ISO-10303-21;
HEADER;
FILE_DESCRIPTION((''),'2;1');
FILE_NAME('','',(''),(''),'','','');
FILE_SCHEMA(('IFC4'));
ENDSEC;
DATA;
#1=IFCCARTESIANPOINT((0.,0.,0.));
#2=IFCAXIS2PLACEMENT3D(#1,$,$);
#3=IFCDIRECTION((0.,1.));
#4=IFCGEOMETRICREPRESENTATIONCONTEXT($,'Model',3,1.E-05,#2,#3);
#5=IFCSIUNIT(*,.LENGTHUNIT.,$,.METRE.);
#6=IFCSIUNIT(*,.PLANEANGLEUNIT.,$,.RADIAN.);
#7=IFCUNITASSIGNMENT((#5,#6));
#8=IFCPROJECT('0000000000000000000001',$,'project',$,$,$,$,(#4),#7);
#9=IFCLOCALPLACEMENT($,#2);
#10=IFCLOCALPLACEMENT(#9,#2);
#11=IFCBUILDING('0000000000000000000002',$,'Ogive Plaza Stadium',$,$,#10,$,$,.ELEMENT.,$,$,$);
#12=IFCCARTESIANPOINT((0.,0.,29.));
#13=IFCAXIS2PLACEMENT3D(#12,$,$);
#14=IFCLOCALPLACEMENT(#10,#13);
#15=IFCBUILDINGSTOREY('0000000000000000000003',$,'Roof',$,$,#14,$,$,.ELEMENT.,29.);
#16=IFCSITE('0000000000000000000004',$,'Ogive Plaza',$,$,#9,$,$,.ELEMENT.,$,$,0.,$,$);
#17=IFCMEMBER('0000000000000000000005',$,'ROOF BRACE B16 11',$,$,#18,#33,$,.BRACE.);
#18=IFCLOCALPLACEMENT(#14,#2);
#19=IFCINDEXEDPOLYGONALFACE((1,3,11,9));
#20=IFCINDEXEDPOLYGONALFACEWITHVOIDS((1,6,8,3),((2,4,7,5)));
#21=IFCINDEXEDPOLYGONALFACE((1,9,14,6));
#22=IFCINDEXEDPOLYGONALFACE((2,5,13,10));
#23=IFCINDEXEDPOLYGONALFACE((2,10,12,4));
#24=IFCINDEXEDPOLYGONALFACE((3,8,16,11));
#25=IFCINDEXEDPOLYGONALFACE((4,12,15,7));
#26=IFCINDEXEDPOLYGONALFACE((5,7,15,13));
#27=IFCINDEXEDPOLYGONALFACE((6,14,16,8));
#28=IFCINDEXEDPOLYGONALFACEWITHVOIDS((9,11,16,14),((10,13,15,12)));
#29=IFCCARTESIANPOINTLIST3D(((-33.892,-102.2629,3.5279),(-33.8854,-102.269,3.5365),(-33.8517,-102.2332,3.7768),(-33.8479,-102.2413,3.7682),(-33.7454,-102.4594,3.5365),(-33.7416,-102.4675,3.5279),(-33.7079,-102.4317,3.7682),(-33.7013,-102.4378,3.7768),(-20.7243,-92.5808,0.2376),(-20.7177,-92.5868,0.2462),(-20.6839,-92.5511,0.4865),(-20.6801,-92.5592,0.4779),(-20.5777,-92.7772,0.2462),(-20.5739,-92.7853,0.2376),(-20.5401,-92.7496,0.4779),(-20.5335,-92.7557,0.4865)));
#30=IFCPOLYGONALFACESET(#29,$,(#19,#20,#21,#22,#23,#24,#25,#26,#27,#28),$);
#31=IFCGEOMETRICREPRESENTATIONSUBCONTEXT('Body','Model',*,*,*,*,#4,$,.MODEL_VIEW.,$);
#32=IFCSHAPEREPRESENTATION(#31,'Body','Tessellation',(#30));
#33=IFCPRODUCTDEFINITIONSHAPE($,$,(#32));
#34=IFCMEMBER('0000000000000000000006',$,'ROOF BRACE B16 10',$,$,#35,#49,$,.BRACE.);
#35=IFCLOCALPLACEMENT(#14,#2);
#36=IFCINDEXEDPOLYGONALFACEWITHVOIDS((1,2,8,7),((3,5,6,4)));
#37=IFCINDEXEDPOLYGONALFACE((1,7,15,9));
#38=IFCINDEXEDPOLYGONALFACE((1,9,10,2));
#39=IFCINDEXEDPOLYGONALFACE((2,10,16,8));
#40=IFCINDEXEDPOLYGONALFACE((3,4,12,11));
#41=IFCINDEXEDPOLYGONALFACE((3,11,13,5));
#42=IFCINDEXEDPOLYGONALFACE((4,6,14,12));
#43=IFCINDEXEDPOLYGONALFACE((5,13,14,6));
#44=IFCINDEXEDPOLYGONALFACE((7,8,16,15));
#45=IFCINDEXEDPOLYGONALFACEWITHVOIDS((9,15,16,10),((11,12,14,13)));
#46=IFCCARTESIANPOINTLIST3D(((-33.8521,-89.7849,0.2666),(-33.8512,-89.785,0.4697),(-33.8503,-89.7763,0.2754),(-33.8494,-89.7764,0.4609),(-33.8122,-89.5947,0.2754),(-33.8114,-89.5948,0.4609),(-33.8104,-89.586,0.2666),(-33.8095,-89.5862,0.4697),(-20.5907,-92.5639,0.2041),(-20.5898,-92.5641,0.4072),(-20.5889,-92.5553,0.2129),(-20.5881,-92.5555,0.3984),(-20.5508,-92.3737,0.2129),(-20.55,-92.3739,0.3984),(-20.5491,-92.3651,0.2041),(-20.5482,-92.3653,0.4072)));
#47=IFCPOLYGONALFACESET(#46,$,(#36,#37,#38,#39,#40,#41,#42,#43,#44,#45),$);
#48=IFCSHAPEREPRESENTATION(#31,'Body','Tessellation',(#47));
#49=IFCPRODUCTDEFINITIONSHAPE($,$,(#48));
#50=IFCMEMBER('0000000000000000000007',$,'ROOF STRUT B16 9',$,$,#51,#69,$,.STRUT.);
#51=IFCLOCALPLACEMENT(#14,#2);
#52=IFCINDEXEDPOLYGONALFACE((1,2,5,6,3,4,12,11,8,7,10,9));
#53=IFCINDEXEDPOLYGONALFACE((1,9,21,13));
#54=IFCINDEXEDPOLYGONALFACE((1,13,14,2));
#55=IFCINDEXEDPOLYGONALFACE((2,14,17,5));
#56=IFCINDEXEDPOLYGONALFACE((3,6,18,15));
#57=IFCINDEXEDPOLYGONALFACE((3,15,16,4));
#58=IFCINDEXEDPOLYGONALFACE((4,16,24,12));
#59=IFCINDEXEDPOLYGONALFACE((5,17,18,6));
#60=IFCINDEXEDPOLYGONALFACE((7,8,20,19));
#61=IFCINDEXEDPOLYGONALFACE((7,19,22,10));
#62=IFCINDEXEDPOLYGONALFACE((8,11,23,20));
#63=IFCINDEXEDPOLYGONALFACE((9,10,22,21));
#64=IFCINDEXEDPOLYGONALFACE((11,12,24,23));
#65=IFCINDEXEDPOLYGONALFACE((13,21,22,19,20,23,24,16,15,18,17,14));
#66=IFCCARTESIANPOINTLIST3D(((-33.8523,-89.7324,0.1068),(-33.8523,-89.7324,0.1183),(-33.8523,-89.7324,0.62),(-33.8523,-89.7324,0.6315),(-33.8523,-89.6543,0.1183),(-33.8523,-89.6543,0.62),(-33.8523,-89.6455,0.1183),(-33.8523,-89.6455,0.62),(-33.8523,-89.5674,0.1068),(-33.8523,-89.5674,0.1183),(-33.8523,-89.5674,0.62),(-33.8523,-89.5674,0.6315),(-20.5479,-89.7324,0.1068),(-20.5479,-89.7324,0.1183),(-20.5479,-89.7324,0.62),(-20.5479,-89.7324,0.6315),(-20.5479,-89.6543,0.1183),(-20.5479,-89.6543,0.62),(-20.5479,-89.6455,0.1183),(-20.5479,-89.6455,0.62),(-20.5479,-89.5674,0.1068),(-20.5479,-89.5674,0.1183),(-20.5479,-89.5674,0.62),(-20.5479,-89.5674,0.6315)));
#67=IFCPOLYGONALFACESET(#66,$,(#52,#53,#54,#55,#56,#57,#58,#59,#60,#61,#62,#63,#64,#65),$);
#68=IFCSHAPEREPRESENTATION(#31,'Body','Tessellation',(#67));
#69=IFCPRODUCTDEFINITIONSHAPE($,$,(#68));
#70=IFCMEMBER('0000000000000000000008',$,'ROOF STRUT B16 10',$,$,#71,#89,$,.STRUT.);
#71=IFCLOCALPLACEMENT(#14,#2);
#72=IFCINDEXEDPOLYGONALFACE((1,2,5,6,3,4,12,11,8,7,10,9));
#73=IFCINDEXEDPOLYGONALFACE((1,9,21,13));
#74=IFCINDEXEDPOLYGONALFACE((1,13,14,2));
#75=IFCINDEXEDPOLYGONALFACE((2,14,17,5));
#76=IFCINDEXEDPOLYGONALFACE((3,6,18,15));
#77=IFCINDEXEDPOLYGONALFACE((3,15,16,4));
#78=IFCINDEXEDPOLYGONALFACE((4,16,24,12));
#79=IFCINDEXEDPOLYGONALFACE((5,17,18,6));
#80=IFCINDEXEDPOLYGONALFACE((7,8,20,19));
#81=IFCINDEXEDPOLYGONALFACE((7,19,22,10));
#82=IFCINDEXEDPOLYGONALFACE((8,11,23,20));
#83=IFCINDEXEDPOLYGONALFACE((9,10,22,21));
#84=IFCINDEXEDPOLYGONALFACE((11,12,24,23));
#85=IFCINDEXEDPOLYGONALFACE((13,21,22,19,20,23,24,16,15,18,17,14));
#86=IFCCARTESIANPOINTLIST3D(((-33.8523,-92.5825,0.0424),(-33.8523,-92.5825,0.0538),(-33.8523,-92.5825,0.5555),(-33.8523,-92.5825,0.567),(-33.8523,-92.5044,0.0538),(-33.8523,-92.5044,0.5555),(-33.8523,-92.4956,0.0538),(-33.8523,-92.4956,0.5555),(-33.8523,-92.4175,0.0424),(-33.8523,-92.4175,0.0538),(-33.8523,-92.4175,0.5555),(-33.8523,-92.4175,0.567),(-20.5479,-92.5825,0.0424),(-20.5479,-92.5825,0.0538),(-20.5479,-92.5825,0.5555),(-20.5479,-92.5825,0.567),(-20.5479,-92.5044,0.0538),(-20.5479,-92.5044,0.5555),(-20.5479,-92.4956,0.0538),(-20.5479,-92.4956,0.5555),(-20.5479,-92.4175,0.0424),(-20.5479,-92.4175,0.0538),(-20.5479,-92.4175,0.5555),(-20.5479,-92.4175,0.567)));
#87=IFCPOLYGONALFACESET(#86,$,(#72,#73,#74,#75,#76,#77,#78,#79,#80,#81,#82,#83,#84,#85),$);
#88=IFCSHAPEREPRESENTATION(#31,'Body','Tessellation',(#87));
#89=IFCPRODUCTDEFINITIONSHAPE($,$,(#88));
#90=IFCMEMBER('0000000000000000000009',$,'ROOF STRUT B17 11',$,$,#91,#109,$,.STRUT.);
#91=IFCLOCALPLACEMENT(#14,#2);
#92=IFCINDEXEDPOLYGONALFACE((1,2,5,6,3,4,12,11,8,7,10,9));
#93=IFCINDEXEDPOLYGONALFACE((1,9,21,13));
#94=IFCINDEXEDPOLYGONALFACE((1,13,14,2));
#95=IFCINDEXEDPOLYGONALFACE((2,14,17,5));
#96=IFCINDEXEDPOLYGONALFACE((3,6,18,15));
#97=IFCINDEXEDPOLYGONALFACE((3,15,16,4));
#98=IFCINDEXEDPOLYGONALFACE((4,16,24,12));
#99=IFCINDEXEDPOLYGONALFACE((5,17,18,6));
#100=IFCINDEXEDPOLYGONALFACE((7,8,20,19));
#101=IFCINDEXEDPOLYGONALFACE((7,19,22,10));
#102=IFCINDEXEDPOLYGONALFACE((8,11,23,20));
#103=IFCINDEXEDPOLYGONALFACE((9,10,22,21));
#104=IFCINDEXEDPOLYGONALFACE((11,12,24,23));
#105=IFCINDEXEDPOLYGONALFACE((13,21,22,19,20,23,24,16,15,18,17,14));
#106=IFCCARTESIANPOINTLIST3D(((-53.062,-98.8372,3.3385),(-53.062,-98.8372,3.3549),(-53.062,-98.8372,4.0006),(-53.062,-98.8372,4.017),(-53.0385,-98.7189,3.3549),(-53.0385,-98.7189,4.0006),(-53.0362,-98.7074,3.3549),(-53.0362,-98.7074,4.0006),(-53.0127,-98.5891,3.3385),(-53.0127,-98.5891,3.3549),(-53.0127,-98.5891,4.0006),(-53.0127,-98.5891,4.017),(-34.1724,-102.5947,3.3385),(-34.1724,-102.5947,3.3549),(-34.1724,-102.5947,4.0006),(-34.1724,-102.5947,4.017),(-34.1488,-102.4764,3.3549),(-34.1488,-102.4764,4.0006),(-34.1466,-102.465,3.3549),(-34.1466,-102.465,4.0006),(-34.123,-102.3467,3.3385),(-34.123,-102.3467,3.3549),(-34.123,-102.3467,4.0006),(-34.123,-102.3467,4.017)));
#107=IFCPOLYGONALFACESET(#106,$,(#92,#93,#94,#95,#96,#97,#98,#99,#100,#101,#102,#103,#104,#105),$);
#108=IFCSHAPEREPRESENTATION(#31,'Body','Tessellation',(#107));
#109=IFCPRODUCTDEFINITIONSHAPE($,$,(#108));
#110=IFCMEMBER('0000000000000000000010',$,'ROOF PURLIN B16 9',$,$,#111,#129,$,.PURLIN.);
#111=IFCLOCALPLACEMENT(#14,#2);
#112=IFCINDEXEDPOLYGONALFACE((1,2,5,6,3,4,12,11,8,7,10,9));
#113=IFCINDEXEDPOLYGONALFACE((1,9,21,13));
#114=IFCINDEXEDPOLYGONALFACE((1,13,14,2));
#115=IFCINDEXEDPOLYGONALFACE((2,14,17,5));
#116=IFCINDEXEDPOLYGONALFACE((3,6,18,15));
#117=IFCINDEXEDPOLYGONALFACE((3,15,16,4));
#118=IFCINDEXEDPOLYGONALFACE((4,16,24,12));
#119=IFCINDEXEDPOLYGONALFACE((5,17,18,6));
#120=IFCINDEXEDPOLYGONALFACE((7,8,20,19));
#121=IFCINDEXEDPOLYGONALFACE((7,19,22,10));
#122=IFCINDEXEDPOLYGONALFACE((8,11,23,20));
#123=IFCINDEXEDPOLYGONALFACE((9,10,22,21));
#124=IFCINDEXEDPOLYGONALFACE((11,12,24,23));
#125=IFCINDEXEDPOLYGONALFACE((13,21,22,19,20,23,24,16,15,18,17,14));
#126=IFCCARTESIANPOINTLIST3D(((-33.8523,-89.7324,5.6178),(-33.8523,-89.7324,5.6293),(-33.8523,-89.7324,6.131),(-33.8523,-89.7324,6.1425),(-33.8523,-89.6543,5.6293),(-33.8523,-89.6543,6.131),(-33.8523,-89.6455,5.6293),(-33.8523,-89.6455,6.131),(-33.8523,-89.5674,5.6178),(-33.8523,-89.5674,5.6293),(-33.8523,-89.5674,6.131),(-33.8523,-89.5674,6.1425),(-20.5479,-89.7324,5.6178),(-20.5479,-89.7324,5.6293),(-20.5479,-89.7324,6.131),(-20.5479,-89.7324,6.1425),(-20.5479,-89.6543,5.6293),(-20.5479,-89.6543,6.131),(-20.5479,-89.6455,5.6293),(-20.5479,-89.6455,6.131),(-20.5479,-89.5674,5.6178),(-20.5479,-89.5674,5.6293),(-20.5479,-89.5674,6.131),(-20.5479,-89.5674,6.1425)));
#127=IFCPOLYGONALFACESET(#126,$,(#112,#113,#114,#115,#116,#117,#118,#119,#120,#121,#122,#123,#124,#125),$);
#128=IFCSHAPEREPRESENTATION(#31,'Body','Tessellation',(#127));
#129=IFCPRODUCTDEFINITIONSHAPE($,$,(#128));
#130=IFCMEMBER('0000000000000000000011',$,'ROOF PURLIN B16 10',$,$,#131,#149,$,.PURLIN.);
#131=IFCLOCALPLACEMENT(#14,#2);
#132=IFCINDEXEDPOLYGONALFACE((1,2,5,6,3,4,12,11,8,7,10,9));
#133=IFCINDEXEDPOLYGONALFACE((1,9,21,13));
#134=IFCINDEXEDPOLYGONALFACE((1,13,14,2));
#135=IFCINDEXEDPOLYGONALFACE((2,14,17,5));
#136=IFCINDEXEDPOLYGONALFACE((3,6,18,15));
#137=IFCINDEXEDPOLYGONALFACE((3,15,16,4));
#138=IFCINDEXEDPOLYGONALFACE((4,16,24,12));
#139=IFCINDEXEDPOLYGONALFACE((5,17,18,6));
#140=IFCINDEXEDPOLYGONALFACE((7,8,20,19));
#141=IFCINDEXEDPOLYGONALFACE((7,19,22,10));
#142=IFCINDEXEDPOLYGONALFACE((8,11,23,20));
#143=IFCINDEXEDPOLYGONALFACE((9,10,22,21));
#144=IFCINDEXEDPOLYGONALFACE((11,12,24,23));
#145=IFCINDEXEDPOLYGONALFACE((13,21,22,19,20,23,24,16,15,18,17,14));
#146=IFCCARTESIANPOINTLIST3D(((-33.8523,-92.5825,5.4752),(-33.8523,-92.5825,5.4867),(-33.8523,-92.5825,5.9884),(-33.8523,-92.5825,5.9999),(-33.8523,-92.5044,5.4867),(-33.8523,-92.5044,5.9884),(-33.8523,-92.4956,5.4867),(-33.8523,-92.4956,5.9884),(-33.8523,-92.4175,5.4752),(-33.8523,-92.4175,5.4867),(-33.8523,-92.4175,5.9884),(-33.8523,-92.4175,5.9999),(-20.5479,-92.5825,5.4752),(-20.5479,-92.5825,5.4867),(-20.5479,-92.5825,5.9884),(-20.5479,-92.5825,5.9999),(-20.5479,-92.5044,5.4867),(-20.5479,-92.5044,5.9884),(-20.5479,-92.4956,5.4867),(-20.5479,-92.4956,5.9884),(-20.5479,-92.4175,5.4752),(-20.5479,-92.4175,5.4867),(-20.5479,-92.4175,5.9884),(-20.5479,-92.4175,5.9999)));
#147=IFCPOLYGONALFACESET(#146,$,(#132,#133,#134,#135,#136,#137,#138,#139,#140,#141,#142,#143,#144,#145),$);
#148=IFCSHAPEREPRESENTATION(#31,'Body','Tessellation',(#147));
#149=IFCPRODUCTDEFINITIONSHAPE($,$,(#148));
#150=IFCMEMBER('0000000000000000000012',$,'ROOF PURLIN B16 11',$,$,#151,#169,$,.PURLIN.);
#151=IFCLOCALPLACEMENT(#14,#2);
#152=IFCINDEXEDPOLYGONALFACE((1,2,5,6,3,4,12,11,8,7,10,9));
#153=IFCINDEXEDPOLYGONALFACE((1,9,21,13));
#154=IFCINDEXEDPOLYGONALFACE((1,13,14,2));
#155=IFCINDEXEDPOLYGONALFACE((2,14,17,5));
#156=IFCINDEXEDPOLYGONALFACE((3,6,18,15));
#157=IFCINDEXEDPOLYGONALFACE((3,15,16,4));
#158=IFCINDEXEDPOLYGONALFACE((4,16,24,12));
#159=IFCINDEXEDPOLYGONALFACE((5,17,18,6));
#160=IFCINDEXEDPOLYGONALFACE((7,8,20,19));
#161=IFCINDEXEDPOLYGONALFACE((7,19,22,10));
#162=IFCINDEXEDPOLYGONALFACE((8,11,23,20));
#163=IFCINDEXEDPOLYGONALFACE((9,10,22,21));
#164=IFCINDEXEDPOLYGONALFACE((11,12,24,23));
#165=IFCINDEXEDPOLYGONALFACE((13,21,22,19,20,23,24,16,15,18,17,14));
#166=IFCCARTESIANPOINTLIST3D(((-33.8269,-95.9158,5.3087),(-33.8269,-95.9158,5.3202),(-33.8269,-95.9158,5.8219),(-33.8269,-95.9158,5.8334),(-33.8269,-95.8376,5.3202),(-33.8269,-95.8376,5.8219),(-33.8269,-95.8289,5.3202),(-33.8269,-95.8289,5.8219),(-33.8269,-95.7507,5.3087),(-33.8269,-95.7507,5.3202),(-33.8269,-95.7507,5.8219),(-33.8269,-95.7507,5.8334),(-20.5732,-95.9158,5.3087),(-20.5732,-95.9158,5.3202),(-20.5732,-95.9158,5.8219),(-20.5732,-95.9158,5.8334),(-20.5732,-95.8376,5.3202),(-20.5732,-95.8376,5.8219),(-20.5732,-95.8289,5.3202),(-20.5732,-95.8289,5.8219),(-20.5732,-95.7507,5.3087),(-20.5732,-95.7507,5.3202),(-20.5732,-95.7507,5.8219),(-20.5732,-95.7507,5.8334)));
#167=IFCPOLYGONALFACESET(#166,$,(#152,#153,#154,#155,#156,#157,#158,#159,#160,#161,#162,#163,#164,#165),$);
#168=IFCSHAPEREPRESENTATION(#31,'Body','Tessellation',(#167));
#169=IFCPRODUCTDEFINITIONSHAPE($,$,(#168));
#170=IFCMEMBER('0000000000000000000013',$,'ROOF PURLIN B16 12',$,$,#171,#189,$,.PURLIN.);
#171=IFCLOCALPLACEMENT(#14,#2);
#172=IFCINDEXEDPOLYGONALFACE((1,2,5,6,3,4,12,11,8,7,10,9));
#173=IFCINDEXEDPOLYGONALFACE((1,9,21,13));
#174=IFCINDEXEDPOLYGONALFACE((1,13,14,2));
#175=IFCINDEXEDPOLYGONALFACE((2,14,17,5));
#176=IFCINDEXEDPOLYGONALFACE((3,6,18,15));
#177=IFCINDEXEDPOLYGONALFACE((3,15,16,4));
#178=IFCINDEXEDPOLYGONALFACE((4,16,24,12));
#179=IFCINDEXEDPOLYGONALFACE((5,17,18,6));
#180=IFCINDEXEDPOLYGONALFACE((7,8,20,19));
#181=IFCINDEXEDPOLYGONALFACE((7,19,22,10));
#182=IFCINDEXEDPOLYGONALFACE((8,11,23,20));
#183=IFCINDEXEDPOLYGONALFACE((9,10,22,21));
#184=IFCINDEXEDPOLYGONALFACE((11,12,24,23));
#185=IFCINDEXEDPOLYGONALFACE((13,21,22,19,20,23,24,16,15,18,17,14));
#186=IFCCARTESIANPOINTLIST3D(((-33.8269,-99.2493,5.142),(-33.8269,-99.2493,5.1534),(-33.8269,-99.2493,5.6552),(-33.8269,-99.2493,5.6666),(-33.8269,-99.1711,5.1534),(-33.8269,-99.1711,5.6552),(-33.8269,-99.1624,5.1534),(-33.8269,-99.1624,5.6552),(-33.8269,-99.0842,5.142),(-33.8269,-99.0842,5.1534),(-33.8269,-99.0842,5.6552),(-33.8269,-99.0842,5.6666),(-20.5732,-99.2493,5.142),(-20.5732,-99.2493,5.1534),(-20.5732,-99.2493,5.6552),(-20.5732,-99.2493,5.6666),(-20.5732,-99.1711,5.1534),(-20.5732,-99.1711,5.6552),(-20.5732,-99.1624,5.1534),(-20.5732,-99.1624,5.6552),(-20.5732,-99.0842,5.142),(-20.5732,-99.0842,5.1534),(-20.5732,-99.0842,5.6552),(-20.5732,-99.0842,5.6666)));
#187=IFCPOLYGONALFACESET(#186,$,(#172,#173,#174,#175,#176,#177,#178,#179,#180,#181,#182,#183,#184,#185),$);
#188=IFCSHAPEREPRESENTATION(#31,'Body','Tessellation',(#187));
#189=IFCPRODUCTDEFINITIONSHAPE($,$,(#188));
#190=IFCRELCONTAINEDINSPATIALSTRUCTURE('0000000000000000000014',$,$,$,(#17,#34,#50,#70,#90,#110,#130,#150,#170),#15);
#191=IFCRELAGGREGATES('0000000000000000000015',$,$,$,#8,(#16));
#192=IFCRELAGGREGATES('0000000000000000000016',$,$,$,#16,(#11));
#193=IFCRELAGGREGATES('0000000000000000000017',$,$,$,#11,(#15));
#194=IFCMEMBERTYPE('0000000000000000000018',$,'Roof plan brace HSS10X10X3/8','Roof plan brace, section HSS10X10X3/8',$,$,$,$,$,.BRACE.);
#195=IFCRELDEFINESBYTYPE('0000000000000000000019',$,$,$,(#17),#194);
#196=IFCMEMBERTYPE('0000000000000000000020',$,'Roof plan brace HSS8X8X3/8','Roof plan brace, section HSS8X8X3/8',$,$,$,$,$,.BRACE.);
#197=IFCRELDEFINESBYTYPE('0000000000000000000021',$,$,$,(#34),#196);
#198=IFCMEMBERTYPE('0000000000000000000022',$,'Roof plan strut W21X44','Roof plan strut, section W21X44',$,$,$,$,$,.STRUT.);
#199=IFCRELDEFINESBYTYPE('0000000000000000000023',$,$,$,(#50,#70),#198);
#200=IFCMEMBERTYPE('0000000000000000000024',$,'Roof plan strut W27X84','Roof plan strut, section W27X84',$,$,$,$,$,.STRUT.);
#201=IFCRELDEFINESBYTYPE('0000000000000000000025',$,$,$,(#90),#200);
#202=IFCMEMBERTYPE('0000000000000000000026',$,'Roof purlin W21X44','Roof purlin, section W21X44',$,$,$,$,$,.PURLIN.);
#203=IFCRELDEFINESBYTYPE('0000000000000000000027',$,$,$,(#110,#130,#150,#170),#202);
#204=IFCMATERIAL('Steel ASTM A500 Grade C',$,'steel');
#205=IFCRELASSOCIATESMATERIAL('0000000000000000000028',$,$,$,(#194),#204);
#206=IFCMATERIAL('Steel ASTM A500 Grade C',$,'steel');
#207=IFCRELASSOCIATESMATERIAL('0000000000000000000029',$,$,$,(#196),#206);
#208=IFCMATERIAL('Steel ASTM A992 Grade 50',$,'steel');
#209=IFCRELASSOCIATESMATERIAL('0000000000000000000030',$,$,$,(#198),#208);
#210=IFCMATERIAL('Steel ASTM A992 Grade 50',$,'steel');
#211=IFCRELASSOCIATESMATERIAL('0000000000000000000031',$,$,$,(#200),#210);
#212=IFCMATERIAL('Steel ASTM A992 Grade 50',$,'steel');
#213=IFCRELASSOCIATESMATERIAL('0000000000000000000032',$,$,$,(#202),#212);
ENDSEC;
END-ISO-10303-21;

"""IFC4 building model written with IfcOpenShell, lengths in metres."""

from ifc_helpers import new_model, si_unit, direction, frame, origin, origin_2d, place, context, subcontext, project, spatial, hollow_rectangle, i_section, extrude, material, material_profile, profile_set, type_object, element, save


model = new_model("IFC4")

# Units and contexts
model_context = context("Model", 3, precision=1e-05, world=origin(), true_north=direction((0.0, 1.0)))
body_context = subcontext(model_context, "Body", "Model", "MODEL_VIEW")
ifc_project = project(units=[si_unit("LENGTHUNIT", "METRE"), si_unit("PLANEANGLEUNIT", "RADIAN")], contexts=[model_context])

# Site, building, storey
site_placement = place(None, origin())
site = spatial("IfcSite", under=ifc_project, at=site_placement, Name="Ogive Plaza", CompositionType="ELEMENT", RefElevation=0.0)
building_placement = place(site_placement, origin())
building = spatial("IfcBuilding", under=site, at=building_placement, Name="Ogive Plaza Stadium", CompositionType="ELEMENT")
storey_placement = place(building_placement, frame((0.0, 0.0, 29.0)))
storey = spatial("IfcBuildingStorey", under=building, at=storey_placement, Name="Roof", CompositionType="ELEMENT", Elevation=29.0)

# Members
ifc_material_1 = material(Name="Steel ASTM A500 Grade C", Category="steel")
ifc_material_profile_1 = material_profile(ifc_material_1, hollow_rectangle(XDim=0.2539, YDim=0.2539, WallThickness=0.0088, at=origin_2d()), Name="HSS10X10X3/8")
ifc_profile_set_1 = profile_set([ifc_material_profile_1], Name="Steel ASTM A500 Grade C")
member_type_1 = type_object("IfcMemberType", Name="Roof plan brace HSS10X10X3/8", Description="Roof plan brace, section HSS10X10X3/8", PredefinedType="BRACE", material=ifc_profile_set_1)
member_1_placement = place(storey_placement, frame((-20.6289, -92.6682, 0.3621), z_axis=(-0.789807, -0.580739, 0.197353), x_axis=(0.59239, -0.805652, 0.0)))
element("IfcMember", 1, at=member_1_placement, inside=storey, type_object=member_type_1, Name="ROOF BRACE B16 11", PredefinedType="BRACE", context=body_context, shape_type="SweptSolid", body=[
    extrude(hollow_rectangle(XDim=0.2539, YDim=0.2539, WallThickness=0.0088, at=origin_2d()), origin(), (0.0, 0.0, 1.0), 16.6721),
])
ifc_material_2 = material(Name="Steel ASTM A500 Grade C", Category="steel")
ifc_material_profile_2 = material_profile(ifc_material_2, hollow_rectangle(XDim=0.2031, YDim=0.2031, WallThickness=0.0088, at=origin_2d()), Name="HSS8X8X3/8")
ifc_profile_set_2 = profile_set([ifc_material_profile_2], Name="Steel ASTM A500 Grade C")
member_type_2 = type_object("IfcMemberType", Name="Roof plan brace HSS8X8X3/8", Description="Roof plan brace, section HSS8X8X3/8", PredefinedType="BRACE", material=ifc_profile_set_2)
member_2_placement = place(storey_placement, frame((-33.8308, -89.6855, 0.3682), z_axis=(0.97873, -0.205101, -0.004613), x_axis=(0.205103, 0.97874, 0.0)))
element("IfcMember", 2, at=member_2_placement, inside=storey, type_object=member_type_2, Name="ROOF BRACE B16 10", PredefinedType="BRACE", context=body_context, shape_type="SweptSolid", body=[
    extrude(hollow_rectangle(XDim=0.2031, YDim=0.2031, WallThickness=0.0088, at=origin_2d()), origin(), (0.0, 0.0, 1.0), 13.5496),
])
ifc_material_3 = material(Name="Steel ASTM A992 Grade 50", Category="steel")
ifc_material_profile_3 = material_profile(ifc_material_3, i_section(OverallWidth=0.165, OverallDepth=0.5247, WebThickness=0.0088, FlangeThickness=0.0115, at=origin_2d()), Name="W21X44")
ifc_profile_set_3 = profile_set([ifc_material_profile_3], Name="Steel ASTM A992 Grade 50")
member_type_3 = type_object("IfcMemberType", Name="Roof plan strut W21X44", Description="Roof plan strut, section W21X44", PredefinedType="STRUT", material=ifc_profile_set_3)
for number, where, z_axis, x_axis, name in (
    (3, (-20.5479, -89.6499, 0.3691), (-1.0, 0.0, 0.0), (0.0, -1.0, 0.0), "ROOF STRUT B16 9"),
    (4, (-20.5479, -92.5, 0.3047), (-1.0, 0.0, 0.0), (0.0, -1.0, 0.0), "ROOF STRUT B16 10"),
):
    element("IfcMember", number, at=place(storey_placement, frame(where, z_axis=z_axis, x_axis=x_axis)), inside=storey, type_object=member_type_3, Name=name, PredefinedType="STRUT", context=body_context, shape_type="SweptSolid", body=[
        extrude(i_section(OverallWidth=0.165, OverallDepth=0.5247, WebThickness=0.0088, FlangeThickness=0.0115, at=origin_2d()), origin(), (0.0, 0.0, 1.0), 13.3044),
    ])
ifc_material_4 = material(Name="Steel ASTM A992 Grade 50", Category="steel")
ifc_material_profile_4 = material_profile(ifc_material_4, i_section(OverallWidth=0.2529, OverallDepth=0.6785, WebThickness=0.0117, FlangeThickness=0.0164, at=origin_2d()), Name="W27X84")
ifc_profile_set_4 = profile_set([ifc_material_profile_4], Name="Steel ASTM A992 Grade 50")
member_type_4 = type_object("IfcMemberType", Name="Roof plan strut W27X84", Description="Roof plan strut, section W27X84", PredefinedType="STRUT", material=ifc_profile_set_4)
member_3_placement = place(storey_placement, frame((-34.1477, -102.4707, 3.6777), z_axis=(-0.980783, 0.195099, 0.0), x_axis=(-0.195099, -0.980783, 0.0)))
element("IfcMember", 5, at=member_3_placement, inside=storey, type_object=member_type_4, Name="ROOF STRUT B17 11", PredefinedType="STRUT", context=body_context, shape_type="SweptSolid", body=[
    extrude(i_section(OverallWidth=0.2529, OverallDepth=0.6785, WebThickness=0.0117, FlangeThickness=0.0164, at=origin_2d()), origin(), (0.0, 0.0, 1.0), 19.2598),
])
ifc_material_5 = material(Name="Steel ASTM A992 Grade 50", Category="steel")
ifc_material_profile_5 = material_profile(ifc_material_5, i_section(OverallWidth=0.165, OverallDepth=0.5247, WebThickness=0.0088, FlangeThickness=0.0115, at=origin_2d()), Name="W21X44")
ifc_profile_set_5 = profile_set([ifc_material_profile_5], Name="Steel ASTM A992 Grade 50")
member_type_5 = type_object("IfcMemberType", Name="Roof purlin W21X44", Description="Roof purlin, section W21X44", PredefinedType="PURLIN", material=ifc_profile_set_5)
for number, where, z_axis, x_axis, name in (
    (6, (-20.5479, -89.6499, 5.8801), (-1.0, 0.0, 0.0), (0.0, -1.0, 0.0), "ROOF PURLIN B16 9"),
    (7, (-20.5479, -92.5, 5.7375), (-1.0, 0.0, 0.0), (0.0, -1.0, 0.0), "ROOF PURLIN B16 10"),
):
    element("IfcMember", number, at=place(storey_placement, frame(where, z_axis=z_axis, x_axis=x_axis)), inside=storey, type_object=member_type_5, Name=name, PredefinedType="PURLIN", context=body_context, shape_type="SweptSolid", body=[
        extrude(i_section(OverallWidth=0.165, OverallDepth=0.5247, WebThickness=0.0088, FlangeThickness=0.0115, at=origin_2d()), origin(), (0.0, 0.0, 1.0), 13.3044),
    ])
for number, where, z_axis, x_axis, name in (
    (8, (-20.5732, -95.8333, 5.571), (-1.0, 0.0, 0.0), (0.0, -1.0, 0.0), "ROOF PURLIN B16 11"),
    (9, (-20.5732, -99.1667, 5.4043), (-1.0, 0.0, 0.0), (0.0, -1.0, 0.0), "ROOF PURLIN B16 12"),
):
    element("IfcMember", number, at=place(storey_placement, frame(where, z_axis=z_axis, x_axis=x_axis)), inside=storey, type_object=member_type_5, Name=name, PredefinedType="PURLIN", context=body_context, shape_type="SweptSolid", body=[
        extrude(i_section(OverallWidth=0.165, OverallDepth=0.5247, WebThickness=0.0088, FlangeThickness=0.0115, at=origin_2d()), origin(), (0.0, 0.0, 1.0), 13.2537),
    ])

save(model, "model.ifc")
